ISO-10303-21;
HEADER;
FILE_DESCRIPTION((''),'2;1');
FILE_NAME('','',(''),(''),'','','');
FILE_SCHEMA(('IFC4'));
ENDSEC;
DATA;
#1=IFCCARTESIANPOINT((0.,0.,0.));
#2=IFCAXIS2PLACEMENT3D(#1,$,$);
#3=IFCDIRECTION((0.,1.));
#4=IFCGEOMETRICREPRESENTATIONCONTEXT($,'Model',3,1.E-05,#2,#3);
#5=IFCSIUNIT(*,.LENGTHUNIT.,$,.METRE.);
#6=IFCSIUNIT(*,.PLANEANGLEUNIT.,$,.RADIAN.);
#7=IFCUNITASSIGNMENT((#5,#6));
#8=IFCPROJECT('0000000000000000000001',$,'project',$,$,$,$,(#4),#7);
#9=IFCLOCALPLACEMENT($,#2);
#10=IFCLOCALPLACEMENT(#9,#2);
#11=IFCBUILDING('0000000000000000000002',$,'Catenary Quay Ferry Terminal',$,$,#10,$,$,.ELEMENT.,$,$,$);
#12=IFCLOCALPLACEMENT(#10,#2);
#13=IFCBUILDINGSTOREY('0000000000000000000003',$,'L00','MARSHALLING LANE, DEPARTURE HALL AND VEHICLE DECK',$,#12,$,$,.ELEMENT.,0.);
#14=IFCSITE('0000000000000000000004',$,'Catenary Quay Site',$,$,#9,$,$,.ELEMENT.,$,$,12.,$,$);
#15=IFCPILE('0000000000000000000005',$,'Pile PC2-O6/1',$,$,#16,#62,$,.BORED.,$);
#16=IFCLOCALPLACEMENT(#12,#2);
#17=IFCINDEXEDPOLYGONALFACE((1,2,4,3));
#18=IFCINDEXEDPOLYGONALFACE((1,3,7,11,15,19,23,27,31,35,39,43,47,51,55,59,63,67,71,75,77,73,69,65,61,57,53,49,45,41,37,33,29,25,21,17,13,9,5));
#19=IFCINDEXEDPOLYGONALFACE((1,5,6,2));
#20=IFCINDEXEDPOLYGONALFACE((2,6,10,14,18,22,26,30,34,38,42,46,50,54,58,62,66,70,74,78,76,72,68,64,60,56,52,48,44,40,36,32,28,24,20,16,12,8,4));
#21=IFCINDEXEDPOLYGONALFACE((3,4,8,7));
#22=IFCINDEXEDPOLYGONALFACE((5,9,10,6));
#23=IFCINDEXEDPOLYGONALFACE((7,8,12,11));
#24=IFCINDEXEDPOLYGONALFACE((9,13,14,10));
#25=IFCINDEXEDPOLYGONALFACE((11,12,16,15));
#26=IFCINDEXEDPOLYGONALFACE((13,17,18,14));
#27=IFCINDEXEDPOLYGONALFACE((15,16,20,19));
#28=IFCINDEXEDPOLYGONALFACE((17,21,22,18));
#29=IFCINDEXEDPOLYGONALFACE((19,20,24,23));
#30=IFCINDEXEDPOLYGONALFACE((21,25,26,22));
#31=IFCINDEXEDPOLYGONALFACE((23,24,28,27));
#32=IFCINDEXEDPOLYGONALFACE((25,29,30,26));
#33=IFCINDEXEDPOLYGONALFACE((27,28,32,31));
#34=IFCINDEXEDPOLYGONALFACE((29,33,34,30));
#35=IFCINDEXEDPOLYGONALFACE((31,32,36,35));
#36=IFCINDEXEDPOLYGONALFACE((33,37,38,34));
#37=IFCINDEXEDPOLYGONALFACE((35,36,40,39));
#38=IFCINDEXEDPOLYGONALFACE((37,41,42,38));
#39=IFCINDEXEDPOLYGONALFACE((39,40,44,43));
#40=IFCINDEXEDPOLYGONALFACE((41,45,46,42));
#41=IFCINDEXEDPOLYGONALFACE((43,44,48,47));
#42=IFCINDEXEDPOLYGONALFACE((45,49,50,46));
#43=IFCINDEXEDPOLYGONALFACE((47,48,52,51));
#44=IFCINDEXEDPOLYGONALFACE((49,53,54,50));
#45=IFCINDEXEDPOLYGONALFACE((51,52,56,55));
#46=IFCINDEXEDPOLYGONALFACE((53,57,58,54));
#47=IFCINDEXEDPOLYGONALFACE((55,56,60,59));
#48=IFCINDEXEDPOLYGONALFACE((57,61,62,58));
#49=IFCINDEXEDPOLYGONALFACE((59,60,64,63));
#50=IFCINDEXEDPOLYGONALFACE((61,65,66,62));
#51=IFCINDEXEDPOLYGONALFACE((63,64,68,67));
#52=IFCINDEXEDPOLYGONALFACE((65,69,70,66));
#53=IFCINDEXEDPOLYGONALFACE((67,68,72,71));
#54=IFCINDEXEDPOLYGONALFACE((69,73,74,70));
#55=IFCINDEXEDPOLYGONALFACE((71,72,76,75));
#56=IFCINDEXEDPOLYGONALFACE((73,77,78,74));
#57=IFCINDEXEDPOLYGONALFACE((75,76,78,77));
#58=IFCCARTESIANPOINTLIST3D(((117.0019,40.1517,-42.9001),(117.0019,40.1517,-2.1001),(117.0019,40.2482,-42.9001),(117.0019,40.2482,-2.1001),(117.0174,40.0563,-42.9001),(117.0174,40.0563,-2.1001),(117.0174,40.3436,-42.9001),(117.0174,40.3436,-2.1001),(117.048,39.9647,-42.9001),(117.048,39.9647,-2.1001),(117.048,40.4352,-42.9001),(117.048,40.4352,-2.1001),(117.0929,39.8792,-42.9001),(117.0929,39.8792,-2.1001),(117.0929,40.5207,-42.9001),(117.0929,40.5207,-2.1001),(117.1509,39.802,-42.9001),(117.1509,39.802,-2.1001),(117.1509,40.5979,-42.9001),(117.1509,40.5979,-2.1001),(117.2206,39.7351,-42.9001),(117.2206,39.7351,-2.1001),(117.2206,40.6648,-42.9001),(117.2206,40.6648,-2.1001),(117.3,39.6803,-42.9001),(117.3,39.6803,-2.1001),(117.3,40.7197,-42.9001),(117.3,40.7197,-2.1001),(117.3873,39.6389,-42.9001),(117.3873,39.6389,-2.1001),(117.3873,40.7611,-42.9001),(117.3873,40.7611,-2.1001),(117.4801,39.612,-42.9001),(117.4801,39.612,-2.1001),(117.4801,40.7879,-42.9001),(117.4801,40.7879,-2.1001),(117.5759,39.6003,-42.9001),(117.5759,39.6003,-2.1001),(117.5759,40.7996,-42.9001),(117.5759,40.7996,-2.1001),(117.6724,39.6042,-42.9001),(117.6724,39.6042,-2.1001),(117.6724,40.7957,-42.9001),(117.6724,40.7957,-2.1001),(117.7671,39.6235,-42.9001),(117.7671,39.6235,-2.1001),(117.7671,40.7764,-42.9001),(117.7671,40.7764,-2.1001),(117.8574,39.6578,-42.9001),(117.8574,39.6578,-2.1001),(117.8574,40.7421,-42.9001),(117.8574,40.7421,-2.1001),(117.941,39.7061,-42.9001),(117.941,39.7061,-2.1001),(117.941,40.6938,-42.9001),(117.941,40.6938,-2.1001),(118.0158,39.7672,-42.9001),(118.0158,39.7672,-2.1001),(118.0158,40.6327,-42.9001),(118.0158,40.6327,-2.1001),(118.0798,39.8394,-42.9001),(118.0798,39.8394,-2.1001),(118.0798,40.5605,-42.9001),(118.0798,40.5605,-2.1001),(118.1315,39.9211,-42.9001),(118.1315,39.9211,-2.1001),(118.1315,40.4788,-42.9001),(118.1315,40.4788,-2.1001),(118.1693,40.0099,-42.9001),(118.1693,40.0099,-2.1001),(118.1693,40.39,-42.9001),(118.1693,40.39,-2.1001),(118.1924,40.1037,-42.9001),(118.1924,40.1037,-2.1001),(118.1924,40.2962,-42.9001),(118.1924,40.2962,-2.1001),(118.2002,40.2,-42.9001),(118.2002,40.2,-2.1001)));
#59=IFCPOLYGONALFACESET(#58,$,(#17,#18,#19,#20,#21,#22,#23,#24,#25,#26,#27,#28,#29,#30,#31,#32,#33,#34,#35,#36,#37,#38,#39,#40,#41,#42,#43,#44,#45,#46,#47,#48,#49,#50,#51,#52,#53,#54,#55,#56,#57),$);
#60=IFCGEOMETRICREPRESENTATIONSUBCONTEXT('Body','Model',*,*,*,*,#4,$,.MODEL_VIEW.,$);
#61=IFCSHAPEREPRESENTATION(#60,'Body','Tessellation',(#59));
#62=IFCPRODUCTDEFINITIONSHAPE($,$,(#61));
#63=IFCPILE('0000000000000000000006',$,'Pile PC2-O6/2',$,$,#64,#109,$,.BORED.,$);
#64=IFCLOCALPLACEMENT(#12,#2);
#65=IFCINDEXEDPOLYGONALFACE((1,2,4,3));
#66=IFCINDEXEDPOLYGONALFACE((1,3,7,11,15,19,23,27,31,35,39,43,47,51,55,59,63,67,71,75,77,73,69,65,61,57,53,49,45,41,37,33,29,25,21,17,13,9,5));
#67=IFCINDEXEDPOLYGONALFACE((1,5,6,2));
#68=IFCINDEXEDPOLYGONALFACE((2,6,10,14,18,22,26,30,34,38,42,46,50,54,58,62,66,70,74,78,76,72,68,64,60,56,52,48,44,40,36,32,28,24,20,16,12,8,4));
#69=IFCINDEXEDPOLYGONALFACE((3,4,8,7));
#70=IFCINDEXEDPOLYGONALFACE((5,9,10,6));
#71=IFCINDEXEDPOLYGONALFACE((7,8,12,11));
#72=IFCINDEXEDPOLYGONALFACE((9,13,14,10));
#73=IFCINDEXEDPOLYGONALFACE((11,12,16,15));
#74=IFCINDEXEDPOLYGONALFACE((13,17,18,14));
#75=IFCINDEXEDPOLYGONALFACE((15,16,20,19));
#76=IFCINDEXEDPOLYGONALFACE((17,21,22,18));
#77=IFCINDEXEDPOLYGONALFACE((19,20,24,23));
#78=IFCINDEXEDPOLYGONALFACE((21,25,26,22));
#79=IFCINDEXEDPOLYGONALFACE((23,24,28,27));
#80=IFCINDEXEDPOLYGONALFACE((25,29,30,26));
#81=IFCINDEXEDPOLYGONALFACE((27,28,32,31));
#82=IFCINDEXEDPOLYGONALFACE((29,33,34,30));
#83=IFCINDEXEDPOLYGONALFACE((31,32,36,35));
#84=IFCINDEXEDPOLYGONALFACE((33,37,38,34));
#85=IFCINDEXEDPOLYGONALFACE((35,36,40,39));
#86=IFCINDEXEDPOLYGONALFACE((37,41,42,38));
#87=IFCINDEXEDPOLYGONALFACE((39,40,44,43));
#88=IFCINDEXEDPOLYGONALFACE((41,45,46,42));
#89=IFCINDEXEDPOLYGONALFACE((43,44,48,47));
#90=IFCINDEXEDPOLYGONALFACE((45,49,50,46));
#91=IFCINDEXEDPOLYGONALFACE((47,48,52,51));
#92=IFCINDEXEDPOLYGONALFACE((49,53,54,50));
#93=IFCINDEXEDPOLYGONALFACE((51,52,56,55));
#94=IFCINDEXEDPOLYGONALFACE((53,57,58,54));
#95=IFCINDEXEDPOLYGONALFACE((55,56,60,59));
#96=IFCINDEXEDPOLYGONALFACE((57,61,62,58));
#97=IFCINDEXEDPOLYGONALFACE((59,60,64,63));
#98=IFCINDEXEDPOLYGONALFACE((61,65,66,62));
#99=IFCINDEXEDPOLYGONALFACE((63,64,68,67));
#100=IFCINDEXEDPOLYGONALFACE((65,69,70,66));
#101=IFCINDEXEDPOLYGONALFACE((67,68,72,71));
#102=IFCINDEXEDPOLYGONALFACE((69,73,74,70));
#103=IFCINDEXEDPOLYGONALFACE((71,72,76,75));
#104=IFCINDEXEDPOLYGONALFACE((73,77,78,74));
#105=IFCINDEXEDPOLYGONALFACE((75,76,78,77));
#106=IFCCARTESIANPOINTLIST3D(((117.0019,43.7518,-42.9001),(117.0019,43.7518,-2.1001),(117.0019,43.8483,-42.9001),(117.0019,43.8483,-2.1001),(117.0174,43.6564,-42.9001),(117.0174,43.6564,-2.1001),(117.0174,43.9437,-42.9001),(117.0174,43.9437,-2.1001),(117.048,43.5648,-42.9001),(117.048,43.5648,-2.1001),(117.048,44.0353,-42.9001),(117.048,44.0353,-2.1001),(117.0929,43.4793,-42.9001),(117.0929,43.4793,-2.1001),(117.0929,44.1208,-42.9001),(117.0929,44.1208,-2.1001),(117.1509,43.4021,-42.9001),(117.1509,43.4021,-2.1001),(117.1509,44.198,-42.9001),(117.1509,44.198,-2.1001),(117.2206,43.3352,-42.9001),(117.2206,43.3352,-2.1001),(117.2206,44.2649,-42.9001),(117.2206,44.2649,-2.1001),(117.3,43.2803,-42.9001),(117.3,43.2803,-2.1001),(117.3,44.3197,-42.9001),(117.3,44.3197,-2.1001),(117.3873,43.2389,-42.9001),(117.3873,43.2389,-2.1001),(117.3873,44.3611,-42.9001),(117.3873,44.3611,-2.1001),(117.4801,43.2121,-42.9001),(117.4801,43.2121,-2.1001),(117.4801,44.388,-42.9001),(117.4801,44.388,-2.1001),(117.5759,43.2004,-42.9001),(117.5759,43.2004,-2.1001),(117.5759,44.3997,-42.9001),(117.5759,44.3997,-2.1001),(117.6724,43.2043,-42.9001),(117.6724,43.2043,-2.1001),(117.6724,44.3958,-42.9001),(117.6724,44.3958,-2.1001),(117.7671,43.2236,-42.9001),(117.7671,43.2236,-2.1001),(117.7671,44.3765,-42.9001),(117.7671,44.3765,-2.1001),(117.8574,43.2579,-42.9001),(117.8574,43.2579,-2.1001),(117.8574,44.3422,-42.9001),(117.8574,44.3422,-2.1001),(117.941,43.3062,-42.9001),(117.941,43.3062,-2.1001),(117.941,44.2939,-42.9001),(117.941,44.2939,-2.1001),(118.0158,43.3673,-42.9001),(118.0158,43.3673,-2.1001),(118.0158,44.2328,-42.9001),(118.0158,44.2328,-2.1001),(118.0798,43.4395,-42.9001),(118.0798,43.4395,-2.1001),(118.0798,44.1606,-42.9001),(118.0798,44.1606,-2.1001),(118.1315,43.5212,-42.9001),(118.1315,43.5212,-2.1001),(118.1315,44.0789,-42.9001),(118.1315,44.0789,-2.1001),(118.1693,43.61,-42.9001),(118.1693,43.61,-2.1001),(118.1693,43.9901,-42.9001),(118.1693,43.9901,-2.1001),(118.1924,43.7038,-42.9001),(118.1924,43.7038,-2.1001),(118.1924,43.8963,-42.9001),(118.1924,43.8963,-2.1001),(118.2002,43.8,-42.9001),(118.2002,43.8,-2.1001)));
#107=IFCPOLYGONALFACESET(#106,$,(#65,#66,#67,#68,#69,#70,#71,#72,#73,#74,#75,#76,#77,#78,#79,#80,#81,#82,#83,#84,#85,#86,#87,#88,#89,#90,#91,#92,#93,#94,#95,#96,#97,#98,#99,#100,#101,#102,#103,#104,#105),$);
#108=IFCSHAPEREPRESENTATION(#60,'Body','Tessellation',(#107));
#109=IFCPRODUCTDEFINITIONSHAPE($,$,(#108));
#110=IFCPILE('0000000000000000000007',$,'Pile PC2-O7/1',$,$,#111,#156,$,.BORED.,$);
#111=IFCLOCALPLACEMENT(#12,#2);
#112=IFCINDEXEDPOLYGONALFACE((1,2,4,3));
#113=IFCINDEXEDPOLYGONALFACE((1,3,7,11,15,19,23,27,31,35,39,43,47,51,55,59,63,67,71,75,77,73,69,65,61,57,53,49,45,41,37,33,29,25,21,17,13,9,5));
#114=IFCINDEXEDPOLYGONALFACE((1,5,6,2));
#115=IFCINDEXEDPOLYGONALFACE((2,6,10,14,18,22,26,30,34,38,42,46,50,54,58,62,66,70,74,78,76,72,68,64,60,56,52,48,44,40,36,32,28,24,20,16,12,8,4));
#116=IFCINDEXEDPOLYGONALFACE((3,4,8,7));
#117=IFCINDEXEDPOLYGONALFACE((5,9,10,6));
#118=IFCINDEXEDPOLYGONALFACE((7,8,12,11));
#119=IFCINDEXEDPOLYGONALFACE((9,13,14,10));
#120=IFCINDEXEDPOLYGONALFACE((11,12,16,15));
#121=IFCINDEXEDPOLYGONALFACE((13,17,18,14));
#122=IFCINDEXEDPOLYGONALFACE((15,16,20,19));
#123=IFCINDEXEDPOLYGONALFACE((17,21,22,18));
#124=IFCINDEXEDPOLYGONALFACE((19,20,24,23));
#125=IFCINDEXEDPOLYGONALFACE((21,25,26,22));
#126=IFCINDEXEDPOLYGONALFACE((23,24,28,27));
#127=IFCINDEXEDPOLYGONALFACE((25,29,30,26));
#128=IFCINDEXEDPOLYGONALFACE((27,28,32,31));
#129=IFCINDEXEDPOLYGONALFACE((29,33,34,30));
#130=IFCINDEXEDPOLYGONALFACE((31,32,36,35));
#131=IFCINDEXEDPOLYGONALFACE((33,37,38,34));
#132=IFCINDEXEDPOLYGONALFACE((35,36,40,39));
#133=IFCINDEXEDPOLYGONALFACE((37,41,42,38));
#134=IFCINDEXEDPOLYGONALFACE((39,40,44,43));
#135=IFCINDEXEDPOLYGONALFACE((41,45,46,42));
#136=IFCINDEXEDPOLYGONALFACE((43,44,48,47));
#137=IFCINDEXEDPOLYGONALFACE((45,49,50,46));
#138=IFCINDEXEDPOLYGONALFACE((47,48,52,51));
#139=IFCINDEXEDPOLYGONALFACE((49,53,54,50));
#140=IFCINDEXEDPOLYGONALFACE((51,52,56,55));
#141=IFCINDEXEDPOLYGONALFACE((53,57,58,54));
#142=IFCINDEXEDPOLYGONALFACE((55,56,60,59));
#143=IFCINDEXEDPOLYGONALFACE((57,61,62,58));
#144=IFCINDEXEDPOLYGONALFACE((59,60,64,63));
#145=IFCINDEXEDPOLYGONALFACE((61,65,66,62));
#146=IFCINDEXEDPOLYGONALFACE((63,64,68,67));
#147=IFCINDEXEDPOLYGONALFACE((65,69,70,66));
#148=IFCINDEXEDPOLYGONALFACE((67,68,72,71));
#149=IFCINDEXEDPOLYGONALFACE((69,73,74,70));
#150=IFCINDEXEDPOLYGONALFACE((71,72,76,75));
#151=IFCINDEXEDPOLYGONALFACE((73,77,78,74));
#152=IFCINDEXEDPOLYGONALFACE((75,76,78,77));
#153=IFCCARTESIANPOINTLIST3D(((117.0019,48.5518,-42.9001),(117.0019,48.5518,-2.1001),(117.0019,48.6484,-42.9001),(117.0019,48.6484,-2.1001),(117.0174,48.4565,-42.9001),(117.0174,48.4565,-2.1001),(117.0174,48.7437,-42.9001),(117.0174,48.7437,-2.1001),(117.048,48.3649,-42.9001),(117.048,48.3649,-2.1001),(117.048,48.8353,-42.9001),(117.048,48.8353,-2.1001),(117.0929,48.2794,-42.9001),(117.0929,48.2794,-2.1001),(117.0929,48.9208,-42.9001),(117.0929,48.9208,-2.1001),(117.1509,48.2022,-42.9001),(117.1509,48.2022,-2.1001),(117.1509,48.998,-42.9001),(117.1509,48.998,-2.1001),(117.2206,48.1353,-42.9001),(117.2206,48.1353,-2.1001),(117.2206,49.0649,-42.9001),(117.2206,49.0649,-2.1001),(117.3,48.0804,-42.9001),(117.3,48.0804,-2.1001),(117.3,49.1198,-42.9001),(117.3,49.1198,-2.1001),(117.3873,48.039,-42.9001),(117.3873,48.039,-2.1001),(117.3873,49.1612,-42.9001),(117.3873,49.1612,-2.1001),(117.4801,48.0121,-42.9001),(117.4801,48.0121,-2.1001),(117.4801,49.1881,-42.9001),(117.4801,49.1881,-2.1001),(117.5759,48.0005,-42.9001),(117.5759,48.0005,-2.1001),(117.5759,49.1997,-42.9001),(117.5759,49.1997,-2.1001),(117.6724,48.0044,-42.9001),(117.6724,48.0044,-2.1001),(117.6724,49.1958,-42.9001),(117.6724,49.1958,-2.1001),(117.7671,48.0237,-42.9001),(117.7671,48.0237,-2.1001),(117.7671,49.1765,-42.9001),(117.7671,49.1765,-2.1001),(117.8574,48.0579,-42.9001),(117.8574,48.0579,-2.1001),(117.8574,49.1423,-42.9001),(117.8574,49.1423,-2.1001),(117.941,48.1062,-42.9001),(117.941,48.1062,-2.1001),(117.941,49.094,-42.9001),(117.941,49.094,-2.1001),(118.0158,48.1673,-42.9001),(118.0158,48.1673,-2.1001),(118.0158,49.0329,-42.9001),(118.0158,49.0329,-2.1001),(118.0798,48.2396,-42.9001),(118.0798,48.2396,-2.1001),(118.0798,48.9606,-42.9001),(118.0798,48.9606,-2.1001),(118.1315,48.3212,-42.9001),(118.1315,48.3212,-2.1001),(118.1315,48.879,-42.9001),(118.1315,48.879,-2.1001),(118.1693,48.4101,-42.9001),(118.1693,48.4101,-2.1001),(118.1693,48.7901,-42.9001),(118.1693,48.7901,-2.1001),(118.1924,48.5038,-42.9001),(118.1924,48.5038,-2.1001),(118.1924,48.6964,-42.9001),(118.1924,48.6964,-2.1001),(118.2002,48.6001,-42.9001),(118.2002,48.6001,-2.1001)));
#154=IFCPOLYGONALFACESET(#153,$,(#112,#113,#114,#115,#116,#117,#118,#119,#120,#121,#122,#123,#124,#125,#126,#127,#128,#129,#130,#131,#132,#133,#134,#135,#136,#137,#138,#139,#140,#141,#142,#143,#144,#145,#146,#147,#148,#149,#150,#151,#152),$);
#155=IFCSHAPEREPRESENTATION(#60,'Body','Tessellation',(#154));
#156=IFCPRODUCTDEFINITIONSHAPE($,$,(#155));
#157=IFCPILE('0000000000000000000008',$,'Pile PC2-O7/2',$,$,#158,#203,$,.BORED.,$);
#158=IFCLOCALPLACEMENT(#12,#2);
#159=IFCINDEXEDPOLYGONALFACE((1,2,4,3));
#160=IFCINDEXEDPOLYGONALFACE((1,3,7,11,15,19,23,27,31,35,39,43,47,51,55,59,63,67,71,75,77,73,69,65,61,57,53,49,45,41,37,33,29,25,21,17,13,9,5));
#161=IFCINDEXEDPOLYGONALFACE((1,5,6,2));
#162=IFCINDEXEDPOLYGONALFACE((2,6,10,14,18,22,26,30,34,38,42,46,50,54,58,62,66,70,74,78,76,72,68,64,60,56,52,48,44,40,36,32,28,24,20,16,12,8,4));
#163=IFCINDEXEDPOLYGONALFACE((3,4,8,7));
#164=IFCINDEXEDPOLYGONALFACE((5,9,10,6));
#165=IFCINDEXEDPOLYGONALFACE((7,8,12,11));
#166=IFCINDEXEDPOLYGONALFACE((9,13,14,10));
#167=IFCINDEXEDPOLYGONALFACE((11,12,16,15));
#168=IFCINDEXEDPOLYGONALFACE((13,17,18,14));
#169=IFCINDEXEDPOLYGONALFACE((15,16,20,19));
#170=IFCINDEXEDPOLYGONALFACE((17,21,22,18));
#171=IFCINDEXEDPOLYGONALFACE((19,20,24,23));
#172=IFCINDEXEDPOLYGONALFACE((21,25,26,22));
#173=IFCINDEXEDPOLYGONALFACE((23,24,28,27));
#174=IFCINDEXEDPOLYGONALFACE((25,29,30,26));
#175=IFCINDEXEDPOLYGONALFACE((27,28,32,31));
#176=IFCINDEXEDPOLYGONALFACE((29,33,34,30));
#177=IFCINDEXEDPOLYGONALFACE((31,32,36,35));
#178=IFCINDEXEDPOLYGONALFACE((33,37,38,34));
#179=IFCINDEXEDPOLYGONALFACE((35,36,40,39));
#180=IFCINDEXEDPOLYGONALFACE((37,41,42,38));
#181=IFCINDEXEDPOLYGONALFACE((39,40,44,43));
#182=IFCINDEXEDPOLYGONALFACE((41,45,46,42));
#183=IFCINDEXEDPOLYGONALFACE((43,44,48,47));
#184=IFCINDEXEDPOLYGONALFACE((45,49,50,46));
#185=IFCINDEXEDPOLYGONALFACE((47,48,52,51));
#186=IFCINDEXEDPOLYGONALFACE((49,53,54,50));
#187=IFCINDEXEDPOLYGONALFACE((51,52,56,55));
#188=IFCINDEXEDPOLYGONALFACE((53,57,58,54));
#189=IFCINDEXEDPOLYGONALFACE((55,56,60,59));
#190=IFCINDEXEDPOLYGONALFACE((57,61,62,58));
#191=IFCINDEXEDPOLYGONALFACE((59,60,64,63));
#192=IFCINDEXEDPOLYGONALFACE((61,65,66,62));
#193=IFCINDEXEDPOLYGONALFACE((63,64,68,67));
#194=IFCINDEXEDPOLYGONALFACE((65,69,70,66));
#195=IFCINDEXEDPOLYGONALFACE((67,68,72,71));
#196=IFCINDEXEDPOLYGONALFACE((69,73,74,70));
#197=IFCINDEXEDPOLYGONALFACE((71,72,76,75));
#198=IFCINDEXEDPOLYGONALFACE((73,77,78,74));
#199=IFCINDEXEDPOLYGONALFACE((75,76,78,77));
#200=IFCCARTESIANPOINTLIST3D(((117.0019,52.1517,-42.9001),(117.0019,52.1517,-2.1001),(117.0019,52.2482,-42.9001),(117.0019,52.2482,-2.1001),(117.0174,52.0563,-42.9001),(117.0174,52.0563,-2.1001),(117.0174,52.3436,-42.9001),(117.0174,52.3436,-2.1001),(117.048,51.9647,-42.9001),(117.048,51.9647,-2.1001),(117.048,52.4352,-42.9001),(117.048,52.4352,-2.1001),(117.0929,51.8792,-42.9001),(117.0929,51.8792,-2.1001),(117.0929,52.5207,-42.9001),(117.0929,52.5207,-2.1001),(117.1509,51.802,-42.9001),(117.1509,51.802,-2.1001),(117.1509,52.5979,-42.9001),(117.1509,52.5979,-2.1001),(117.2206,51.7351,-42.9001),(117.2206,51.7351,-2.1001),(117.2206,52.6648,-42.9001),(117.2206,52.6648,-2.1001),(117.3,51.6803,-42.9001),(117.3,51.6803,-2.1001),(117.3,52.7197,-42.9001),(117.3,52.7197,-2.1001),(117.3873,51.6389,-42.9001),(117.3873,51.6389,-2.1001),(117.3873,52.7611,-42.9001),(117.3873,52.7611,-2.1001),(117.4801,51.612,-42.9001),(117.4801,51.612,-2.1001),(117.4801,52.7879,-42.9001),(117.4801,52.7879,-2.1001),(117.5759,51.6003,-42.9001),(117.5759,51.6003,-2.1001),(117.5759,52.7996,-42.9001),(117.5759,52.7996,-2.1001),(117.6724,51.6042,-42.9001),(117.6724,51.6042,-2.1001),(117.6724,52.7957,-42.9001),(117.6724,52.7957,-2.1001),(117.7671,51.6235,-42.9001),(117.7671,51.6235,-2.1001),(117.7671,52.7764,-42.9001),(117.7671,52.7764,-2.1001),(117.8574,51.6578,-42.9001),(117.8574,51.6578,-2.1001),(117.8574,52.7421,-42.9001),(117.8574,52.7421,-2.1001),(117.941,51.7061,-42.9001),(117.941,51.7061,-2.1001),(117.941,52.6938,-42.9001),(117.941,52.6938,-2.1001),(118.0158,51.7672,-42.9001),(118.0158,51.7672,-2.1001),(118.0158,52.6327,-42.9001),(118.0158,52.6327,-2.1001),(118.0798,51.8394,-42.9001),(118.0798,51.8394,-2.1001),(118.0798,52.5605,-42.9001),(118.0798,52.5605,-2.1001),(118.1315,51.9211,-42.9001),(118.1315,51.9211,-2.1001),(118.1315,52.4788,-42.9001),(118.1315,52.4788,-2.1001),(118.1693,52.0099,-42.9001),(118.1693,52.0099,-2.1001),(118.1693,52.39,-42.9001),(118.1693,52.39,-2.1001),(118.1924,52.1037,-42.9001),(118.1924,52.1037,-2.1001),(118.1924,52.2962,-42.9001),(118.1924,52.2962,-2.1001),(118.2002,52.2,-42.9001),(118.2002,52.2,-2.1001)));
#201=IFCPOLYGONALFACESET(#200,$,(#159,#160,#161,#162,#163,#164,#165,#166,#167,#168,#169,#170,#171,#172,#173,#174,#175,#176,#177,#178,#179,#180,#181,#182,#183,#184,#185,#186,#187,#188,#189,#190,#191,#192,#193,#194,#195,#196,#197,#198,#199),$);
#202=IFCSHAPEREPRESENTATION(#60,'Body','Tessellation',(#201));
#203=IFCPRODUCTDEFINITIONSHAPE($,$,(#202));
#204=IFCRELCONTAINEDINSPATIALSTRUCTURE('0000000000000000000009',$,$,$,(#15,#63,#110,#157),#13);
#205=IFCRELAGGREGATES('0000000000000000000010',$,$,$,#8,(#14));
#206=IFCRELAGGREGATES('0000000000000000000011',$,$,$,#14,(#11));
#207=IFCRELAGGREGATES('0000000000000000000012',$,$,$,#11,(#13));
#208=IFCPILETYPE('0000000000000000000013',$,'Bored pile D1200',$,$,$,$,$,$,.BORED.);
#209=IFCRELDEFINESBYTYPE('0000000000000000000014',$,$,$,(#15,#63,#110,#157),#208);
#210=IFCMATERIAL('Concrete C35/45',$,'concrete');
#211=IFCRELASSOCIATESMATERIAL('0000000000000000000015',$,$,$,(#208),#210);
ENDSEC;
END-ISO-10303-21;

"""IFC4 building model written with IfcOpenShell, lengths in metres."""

from ifc_helpers import new_model, si_unit, direction, frame, origin, origin_2d, place, context, subcontext, project, spatial, circle, extrude, material, material_profile, profile_set, type_object, element, save


model = new_model("IFC4")

# Units and contexts
model_context = context("Model", 3, precision=1e-05, world=origin(), true_north=direction((0.0, 1.0)))
body_context = subcontext(model_context, "Body", "Model", "MODEL_VIEW")
ifc_project = project(units=[si_unit("LENGTHUNIT", "METRE"), si_unit("PLANEANGLEUNIT", "RADIAN")], contexts=[model_context])

# Site, building, storey
site_placement = place(None, origin())
site = spatial("IfcSite", under=ifc_project, at=site_placement, Name="Catenary Quay Site", CompositionType="ELEMENT", RefElevation=12.0)
building_placement = place(site_placement, origin())
building = spatial("IfcBuilding", under=site, at=building_placement, Name="Catenary Quay Ferry Terminal", CompositionType="ELEMENT")
storey_placement = place(building_placement, origin())
storey = spatial("IfcBuildingStorey", under=building, at=storey_placement, Name="L00", Description="MARSHALLING LANE, DEPARTURE HALL AND VEHICLE DECK", CompositionType="ELEMENT", Elevation=0.0)

# Piles
ifc_material_1 = material(Name="Concrete C35/45", Category="concrete")
ifc_material_profile_1 = material_profile(ifc_material_1, circle(Radius=0.6001, at=origin_2d()), Name="D1200")
ifc_profile_set_1 = profile_set([ifc_material_profile_1], Name="Concrete C35/45")
pile_type = type_object("IfcPileType", Name="Bored pile D1200", PredefinedType="BORED", material=ifc_profile_set_1)
for number, where, z_axis, x_axis, name in (
    (1, (117.6001, 40.2, -2.1001), (0.0, 0.0, -1.0), (1.0, 0.0, 0.0), "Pile PC2-O6/1"),
    (2, (117.6001, 43.8, -2.1001), (0.0, 0.0, -1.0), (1.0, 0.0, 0.0), "Pile PC2-O6/2"),
    (3, (117.6001, 48.6001, -2.1001), (0.0, 0.0, -1.0), (1.0, 0.0, 0.0), "Pile PC2-O7/1"),
    (4, (117.6001, 52.2, -2.1001), (0.0, 0.0, -1.0), (1.0, 0.0, 0.0), "Pile PC2-O7/2"),
):
    element("IfcPile", number, at=place(storey_placement, frame(where, z_axis=z_axis, x_axis=x_axis)), inside=storey, type_object=pile_type, Name=name, PredefinedType="BORED", context=body_context, shape_type="SweptSolid", body=[
        extrude(circle(Radius=0.6001, at=origin_2d()), origin(), (0.0, 0.0, 1.0), 40.8),
    ])

save(model, "model.ifc")
